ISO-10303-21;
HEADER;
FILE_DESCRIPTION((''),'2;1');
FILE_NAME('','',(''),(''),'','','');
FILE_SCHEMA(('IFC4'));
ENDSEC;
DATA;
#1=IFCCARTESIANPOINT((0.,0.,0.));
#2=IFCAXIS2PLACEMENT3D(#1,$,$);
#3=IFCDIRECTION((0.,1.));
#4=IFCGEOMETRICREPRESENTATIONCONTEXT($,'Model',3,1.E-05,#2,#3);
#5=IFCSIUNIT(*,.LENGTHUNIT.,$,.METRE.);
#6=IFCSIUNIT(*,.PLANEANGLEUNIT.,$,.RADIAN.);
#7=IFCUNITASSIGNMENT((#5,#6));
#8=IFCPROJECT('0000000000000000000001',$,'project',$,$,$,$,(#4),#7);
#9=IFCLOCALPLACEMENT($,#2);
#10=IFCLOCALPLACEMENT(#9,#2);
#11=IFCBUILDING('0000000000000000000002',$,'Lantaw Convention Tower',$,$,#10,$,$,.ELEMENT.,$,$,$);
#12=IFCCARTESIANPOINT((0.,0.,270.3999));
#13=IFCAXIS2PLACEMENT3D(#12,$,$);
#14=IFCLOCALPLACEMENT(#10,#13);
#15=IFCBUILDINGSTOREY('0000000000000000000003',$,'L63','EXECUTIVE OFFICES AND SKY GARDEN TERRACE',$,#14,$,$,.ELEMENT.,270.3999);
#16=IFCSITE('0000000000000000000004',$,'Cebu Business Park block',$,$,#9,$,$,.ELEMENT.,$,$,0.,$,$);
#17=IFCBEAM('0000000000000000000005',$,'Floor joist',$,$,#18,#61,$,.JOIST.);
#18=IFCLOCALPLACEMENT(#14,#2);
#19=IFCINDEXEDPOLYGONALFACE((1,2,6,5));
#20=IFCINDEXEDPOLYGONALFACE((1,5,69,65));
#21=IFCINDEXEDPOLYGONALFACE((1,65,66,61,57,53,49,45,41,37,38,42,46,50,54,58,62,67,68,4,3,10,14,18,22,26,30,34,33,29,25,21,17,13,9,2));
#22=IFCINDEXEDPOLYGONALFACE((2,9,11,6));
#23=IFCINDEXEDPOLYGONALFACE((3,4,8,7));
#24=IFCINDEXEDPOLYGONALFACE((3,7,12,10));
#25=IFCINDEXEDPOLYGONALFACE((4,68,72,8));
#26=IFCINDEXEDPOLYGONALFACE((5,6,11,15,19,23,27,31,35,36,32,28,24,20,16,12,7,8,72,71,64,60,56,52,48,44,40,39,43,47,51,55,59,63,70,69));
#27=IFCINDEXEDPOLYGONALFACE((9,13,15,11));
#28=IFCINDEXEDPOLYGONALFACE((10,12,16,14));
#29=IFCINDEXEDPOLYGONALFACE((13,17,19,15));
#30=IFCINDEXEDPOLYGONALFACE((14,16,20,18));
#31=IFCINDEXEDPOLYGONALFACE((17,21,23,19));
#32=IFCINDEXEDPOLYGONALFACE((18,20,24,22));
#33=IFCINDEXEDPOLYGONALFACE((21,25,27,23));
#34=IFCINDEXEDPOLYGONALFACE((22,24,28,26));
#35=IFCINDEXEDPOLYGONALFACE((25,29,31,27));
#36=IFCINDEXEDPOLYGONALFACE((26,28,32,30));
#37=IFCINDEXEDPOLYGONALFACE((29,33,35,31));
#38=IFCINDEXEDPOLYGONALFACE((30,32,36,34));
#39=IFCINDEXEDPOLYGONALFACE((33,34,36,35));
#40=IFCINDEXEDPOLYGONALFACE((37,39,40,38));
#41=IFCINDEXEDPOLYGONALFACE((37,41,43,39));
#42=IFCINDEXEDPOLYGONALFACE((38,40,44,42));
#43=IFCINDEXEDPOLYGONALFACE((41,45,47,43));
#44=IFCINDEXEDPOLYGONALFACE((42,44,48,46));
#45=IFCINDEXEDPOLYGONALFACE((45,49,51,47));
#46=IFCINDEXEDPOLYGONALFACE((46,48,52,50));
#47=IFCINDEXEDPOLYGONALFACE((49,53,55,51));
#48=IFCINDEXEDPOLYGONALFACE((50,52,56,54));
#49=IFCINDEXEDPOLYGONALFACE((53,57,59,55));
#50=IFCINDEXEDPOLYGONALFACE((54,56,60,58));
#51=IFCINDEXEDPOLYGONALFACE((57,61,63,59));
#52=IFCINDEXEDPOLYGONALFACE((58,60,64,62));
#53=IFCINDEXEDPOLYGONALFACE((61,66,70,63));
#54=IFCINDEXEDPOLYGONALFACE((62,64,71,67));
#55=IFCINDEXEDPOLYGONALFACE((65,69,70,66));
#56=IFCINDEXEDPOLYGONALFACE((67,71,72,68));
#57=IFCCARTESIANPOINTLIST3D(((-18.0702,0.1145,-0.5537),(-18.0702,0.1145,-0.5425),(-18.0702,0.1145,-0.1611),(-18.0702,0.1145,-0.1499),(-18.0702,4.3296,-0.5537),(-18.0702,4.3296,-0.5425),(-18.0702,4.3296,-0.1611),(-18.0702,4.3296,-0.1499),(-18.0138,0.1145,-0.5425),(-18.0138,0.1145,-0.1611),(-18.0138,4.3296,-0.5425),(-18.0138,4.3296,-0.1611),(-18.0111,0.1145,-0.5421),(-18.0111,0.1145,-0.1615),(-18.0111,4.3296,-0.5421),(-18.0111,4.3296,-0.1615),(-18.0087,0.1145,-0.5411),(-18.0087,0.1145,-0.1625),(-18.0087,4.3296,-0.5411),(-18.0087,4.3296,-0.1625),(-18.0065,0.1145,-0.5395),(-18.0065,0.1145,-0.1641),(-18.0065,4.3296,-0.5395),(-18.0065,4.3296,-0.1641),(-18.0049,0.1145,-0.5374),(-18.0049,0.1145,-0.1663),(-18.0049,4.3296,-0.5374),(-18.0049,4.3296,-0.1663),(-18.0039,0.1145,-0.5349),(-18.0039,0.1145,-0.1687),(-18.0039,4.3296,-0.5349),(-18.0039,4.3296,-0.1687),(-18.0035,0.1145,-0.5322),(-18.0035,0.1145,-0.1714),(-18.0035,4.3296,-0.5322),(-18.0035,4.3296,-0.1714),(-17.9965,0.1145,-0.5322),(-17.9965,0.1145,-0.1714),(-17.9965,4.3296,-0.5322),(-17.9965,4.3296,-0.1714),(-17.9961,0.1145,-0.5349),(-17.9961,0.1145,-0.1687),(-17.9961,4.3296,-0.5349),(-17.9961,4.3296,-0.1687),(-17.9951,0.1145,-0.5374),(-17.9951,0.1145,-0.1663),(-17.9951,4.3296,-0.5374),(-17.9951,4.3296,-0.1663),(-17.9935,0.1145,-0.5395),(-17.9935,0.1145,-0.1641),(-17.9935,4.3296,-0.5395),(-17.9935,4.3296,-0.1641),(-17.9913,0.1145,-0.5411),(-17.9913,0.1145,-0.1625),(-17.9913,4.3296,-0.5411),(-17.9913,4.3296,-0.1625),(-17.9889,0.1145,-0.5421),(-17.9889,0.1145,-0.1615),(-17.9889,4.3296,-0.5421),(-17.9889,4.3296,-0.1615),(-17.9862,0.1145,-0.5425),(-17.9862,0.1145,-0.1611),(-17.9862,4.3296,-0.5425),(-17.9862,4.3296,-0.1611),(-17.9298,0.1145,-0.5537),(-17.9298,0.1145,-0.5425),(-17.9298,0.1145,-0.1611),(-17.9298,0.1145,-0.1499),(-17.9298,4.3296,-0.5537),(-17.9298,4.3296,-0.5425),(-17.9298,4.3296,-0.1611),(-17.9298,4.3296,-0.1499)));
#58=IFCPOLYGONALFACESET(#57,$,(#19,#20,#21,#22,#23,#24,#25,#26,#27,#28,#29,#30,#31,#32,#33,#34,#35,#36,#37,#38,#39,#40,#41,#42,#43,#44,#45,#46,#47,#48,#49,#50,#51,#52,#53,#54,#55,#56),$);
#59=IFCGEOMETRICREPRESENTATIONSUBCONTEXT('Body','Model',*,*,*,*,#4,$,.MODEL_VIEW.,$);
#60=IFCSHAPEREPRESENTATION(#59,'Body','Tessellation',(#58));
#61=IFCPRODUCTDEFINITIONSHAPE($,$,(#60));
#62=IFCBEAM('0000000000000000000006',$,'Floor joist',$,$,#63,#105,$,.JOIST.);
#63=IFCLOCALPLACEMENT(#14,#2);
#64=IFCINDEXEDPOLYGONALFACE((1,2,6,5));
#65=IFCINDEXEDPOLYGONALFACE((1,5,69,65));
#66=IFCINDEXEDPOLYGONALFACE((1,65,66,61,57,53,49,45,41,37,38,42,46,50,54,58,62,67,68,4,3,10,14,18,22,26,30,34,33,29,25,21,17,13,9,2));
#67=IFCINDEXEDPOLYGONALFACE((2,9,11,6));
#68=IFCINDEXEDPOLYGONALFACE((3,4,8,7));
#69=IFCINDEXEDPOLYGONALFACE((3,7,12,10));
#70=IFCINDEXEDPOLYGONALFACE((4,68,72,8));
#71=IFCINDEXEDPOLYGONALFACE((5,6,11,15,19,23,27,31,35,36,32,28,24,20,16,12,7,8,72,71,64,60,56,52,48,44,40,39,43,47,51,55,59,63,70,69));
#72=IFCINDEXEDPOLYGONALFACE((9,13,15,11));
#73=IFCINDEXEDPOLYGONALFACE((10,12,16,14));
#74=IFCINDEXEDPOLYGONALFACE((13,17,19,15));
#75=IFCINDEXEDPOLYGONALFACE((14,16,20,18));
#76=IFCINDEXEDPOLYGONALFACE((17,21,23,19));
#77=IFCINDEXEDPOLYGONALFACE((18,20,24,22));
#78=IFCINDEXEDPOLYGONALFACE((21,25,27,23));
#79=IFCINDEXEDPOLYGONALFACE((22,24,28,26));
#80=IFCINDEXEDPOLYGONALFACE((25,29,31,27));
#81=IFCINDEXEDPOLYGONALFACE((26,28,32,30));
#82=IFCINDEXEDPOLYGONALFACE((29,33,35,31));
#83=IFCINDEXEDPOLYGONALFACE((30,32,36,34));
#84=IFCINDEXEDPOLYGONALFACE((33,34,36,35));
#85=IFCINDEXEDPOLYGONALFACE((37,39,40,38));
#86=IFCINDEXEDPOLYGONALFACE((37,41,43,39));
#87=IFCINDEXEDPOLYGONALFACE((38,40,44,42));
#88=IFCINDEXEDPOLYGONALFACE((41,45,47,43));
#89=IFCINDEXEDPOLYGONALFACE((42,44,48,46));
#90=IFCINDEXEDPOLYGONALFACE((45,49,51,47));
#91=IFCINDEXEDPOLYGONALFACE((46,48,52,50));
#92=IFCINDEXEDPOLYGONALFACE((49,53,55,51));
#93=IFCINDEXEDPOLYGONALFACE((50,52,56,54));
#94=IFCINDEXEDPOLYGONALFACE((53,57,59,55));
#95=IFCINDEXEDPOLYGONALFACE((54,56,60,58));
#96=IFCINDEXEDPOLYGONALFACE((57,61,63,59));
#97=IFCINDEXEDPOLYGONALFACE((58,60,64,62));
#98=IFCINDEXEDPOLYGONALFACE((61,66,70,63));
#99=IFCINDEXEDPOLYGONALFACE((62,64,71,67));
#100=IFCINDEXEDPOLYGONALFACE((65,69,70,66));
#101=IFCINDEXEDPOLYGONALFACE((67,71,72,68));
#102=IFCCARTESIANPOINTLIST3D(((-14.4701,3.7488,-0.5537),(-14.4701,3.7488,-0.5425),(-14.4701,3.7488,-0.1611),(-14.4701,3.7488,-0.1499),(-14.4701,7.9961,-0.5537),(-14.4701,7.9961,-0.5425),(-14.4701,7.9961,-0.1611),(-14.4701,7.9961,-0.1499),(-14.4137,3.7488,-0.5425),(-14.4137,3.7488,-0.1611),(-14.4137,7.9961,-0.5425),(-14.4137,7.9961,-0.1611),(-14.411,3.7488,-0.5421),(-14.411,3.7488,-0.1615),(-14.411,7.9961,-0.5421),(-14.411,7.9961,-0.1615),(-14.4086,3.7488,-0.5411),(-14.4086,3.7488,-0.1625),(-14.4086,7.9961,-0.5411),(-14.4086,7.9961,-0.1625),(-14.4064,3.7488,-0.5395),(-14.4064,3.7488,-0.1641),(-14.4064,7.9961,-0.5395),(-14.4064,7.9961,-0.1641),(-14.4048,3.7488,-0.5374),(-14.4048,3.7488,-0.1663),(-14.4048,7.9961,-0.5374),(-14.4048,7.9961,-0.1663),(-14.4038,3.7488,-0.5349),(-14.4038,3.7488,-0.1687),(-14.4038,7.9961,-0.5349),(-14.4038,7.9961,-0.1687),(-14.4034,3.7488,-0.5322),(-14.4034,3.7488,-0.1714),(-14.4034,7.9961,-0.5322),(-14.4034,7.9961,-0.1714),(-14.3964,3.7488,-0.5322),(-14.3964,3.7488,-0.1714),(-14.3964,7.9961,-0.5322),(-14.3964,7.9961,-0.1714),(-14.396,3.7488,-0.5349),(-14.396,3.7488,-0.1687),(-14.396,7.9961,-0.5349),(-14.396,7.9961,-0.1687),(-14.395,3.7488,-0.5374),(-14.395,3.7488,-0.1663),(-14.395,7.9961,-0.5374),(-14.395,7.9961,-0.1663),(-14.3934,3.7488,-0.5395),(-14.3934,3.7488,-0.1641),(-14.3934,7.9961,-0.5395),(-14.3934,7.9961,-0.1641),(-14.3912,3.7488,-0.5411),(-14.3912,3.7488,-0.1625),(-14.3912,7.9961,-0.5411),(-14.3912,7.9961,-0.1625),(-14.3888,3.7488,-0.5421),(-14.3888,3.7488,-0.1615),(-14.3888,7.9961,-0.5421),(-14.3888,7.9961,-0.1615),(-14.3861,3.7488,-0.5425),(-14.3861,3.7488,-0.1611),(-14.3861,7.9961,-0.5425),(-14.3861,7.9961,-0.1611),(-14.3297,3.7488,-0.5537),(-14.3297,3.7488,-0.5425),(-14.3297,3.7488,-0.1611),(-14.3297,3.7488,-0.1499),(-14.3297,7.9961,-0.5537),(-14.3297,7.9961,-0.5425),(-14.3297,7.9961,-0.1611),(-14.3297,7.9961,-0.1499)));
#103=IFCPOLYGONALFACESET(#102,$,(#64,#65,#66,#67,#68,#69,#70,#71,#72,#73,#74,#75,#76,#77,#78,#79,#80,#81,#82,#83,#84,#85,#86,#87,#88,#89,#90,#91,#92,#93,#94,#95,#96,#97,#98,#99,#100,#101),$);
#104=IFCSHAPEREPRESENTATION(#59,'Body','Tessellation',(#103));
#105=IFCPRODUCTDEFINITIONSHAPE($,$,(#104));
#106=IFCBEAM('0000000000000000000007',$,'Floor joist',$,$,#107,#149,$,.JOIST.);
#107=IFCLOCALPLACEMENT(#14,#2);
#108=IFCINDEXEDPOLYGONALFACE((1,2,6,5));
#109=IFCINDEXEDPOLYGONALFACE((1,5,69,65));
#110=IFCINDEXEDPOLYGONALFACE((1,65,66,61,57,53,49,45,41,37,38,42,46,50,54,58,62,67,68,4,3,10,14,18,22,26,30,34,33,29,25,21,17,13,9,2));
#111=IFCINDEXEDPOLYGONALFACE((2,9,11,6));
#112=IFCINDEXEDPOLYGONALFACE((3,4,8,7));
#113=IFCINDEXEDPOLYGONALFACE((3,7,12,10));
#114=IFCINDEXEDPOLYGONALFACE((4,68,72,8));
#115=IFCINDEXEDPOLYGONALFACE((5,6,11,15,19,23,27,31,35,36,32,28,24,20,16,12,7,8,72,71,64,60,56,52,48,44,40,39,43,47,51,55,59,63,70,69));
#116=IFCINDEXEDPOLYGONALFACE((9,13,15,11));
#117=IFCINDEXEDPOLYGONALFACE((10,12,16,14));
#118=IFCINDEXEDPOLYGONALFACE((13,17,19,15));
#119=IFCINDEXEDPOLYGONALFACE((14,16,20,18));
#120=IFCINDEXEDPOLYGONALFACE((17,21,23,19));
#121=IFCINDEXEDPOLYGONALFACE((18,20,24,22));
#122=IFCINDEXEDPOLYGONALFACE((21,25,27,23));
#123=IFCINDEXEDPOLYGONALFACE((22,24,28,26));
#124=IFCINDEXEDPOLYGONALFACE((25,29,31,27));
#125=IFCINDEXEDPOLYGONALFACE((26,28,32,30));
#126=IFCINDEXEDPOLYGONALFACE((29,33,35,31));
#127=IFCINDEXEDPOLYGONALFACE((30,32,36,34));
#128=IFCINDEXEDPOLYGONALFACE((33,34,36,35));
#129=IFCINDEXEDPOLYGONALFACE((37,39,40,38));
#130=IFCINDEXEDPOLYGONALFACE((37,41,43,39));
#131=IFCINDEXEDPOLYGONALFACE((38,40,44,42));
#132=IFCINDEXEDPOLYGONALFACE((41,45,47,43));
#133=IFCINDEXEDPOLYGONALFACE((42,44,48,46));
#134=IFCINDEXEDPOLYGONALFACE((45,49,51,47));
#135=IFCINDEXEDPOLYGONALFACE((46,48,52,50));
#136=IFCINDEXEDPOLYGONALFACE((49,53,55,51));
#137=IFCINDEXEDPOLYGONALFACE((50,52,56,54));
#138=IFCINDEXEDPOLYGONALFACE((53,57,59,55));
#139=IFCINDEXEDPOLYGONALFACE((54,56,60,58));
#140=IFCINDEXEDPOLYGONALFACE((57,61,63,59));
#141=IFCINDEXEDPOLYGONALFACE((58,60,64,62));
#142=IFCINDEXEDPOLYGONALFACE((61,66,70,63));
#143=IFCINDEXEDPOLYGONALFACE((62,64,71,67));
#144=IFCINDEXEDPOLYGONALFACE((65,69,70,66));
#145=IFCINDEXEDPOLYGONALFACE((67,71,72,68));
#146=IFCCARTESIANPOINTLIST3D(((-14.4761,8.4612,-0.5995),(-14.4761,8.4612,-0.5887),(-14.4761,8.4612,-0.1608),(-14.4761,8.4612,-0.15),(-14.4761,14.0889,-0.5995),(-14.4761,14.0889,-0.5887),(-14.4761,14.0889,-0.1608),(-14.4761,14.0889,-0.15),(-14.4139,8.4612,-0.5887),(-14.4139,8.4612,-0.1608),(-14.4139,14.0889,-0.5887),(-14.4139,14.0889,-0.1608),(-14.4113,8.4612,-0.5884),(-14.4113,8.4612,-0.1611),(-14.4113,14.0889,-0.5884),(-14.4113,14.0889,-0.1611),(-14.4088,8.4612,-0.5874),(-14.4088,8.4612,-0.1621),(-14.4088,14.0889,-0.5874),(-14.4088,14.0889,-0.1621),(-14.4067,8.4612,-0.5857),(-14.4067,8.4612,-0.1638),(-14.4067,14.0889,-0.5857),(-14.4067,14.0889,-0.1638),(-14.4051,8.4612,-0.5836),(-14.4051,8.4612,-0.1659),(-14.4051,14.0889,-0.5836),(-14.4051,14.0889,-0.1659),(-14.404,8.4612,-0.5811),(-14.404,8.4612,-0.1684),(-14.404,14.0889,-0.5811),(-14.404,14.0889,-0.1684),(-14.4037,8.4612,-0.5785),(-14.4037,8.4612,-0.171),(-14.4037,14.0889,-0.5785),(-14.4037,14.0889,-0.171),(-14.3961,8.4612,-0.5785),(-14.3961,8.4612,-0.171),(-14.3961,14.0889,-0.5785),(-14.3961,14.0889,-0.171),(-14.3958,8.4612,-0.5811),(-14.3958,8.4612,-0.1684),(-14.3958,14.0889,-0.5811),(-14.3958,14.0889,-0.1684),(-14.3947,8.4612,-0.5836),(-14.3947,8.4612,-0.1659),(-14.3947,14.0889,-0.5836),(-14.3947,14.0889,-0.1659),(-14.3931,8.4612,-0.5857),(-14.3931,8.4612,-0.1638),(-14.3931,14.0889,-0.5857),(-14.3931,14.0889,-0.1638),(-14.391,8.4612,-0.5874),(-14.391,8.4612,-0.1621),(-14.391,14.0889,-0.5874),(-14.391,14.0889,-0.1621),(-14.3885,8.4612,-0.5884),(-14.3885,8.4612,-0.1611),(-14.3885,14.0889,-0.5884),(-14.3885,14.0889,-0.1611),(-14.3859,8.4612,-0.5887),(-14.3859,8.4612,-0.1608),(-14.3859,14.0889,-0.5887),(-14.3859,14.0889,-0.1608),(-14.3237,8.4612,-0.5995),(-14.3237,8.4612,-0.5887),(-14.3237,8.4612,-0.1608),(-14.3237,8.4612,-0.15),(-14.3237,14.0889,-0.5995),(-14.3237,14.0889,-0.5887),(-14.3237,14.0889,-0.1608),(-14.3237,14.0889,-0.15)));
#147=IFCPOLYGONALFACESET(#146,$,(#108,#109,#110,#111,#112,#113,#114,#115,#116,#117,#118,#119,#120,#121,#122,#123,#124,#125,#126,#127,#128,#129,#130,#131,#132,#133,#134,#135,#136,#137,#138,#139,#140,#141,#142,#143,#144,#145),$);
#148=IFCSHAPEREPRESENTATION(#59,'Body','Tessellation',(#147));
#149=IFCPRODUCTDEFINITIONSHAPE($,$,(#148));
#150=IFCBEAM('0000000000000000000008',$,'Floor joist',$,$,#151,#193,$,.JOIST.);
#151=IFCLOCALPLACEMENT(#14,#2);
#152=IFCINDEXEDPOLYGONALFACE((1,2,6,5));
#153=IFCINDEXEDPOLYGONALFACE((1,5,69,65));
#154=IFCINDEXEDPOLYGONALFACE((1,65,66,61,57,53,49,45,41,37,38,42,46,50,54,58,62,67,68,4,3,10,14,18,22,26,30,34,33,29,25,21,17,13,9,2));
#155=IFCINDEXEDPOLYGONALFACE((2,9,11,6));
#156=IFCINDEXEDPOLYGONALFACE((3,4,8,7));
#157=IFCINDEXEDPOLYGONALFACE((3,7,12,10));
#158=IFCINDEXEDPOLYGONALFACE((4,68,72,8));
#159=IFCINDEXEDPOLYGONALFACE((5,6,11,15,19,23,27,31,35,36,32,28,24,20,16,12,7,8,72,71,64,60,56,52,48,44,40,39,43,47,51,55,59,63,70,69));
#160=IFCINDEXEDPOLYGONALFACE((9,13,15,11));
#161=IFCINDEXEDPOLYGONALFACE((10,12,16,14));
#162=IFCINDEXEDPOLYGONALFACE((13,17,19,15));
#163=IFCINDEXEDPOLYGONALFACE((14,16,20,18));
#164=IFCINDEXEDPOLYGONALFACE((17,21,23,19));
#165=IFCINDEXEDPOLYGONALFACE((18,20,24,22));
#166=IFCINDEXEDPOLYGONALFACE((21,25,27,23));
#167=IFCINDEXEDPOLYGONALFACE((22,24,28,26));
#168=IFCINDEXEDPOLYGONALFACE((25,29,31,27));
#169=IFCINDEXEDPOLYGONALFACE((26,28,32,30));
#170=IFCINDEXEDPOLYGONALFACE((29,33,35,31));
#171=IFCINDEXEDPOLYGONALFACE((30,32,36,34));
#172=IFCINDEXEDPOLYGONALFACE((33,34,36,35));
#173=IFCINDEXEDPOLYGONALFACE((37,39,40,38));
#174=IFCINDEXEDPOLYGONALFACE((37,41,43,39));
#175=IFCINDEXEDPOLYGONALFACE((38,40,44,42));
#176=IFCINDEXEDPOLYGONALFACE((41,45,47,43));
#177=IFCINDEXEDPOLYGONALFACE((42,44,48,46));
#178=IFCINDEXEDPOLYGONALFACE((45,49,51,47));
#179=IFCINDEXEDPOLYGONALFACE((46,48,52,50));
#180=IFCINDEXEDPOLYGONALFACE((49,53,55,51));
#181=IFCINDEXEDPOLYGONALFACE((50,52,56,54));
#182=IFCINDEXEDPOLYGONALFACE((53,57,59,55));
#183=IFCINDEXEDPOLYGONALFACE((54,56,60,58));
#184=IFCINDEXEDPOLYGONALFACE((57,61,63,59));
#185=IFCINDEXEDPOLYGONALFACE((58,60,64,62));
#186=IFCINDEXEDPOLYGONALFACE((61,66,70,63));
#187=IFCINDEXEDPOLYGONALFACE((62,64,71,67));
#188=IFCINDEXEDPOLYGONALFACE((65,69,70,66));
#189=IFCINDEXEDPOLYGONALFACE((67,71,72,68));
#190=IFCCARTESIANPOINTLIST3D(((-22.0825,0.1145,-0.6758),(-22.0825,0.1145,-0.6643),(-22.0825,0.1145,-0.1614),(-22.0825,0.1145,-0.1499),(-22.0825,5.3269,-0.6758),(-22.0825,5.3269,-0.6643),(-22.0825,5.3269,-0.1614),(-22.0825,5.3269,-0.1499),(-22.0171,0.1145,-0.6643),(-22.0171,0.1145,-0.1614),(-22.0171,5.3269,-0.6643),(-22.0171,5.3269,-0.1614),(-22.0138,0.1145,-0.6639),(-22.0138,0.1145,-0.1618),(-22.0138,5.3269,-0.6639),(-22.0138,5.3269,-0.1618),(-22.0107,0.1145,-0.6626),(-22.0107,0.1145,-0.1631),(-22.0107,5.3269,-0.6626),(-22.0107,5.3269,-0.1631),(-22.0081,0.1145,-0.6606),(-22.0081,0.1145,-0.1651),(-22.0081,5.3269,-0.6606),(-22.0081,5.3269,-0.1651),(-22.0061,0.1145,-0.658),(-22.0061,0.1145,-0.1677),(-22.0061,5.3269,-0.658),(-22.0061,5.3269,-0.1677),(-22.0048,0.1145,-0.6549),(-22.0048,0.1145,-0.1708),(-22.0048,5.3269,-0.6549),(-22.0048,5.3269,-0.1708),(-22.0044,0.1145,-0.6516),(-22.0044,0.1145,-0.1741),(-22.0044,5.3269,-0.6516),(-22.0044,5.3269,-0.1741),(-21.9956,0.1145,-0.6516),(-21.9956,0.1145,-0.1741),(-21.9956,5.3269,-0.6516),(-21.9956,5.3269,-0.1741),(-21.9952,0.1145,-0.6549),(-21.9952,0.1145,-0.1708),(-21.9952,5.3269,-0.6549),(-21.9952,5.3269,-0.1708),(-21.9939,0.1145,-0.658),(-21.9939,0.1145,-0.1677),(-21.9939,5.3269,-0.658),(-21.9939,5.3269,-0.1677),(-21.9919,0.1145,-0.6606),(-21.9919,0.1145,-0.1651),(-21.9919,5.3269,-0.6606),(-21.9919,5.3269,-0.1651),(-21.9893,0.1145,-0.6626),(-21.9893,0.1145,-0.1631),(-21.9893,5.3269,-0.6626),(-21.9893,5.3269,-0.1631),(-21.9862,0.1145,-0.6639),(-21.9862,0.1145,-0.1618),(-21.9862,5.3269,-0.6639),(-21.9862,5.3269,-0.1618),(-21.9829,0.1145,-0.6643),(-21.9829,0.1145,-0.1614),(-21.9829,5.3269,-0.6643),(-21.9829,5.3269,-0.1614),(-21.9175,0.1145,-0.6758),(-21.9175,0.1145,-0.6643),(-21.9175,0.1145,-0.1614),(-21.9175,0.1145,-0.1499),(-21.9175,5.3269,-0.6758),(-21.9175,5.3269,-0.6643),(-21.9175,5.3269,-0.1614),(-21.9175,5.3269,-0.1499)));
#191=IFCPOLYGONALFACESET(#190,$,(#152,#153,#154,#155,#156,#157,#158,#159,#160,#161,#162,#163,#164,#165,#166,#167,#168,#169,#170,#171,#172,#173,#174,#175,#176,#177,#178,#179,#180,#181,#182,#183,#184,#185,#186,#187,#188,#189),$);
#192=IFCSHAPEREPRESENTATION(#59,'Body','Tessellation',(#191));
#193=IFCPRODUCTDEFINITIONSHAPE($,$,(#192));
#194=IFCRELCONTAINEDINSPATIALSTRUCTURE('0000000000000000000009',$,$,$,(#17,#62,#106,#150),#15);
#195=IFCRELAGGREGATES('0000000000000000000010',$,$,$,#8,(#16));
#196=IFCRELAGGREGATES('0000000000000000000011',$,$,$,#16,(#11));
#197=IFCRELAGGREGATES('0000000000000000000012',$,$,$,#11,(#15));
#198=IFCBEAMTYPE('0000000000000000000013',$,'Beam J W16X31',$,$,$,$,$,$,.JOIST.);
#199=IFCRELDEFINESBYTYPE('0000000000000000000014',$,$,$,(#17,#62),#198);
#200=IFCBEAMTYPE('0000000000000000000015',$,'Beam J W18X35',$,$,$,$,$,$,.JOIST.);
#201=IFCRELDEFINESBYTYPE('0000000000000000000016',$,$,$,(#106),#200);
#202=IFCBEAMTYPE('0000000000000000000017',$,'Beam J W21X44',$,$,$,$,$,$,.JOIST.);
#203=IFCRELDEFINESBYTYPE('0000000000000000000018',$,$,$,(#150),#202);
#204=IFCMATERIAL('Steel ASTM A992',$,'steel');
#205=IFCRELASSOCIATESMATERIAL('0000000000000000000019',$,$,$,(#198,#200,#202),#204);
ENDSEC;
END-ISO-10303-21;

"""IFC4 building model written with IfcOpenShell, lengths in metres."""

from ifc_helpers import new_model, si_unit, direction, frame, origin, origin_2d, place, context, subcontext, project, spatial, i_section, extrude, material, material_profile, profile_set, type_object, element, save


model = new_model("IFC4")

# Units and contexts
model_context = context("Model", 3, precision=1e-05, world=origin(), true_north=direction((0.0, 1.0)))
body_context = subcontext(model_context, "Body", "Model", "MODEL_VIEW")
ifc_project = project(units=[si_unit("LENGTHUNIT", "METRE"), si_unit("PLANEANGLEUNIT", "RADIAN")], contexts=[model_context])

# Site, building, storey
site_placement = place(None, origin())
site = spatial("IfcSite", under=ifc_project, at=site_placement, Name="Cebu Business Park block", CompositionType="ELEMENT", RefElevation=0.0)
building_placement = place(site_placement, origin())
building = spatial("IfcBuilding", under=site, at=building_placement, Name="Lantaw Convention Tower", CompositionType="ELEMENT")
storey_placement = place(building_placement, frame((0.0, 0.0, 270.3999)))
storey = spatial("IfcBuildingStorey", under=building, at=storey_placement, Name="L63", Description="EXECUTIVE OFFICES AND SKY GARDEN TERRACE", CompositionType="ELEMENT", Elevation=270.3999)

# Beams
ifc_material_1 = material(Name="Steel ASTM A992", Category="steel")
ifc_material_profile_1 = material_profile(ifc_material_1, i_section(OverallWidth=0.1404, OverallDepth=0.4038, WebThickness=0.0071, FlangeThickness=0.0112, FilletRadius=0.0103, at=origin_2d()), Name="W16X31")
ifc_profile_set_1 = profile_set([ifc_material_profile_1], Name="Steel ASTM A992")
beam_type_1 = type_object("IfcBeamType", Name="Beam J W16X31", PredefinedType="JOIST", material=ifc_profile_set_1)
beam_1_placement = place(storey_placement, frame((-18.0, 0.1145, -0.3518), z_axis=(0.0, 1.0, 0.0), x_axis=(-1.0, 0.0, 0.0)))
element("IfcBeam", 1, at=beam_1_placement, inside=storey, type_object=beam_type_1, Name="Floor joist", PredefinedType="JOIST", context=body_context, shape_type="SweptSolid", body=[
    extrude(i_section(OverallWidth=0.1404, OverallDepth=0.4038, WebThickness=0.0071, FlangeThickness=0.0112, FilletRadius=0.0103, at=origin_2d()), origin(), (0.0, 0.0, 1.0), 4.2151),
])
beam_2_placement = place(storey_placement, frame((-14.3999, 3.7488, -0.3518), z_axis=(0.0, 1.0, 0.0), x_axis=(-1.0, 0.0, 0.0)))
element("IfcBeam", 2, at=beam_2_placement, inside=storey, type_object=beam_type_1, Name="Floor joist", PredefinedType="JOIST", context=body_context, shape_type="SweptSolid", body=[
    extrude(i_section(OverallWidth=0.1404, OverallDepth=0.4038, WebThickness=0.0071, FlangeThickness=0.0112, FilletRadius=0.0103, at=origin_2d()), origin(), (0.0, 0.0, 1.0), 4.2473),
])
ifc_material_profile_2 = material_profile(ifc_material_1, i_section(OverallWidth=0.1523, OverallDepth=0.4495, WebThickness=0.0076, FlangeThickness=0.0107, FilletRadius=0.0103, at=origin_2d()), Name="W18X35")
ifc_profile_set_2 = profile_set([ifc_material_profile_2], Name="Steel ASTM A992")
beam_type_2 = type_object("IfcBeamType", Name="Beam J W18X35", PredefinedType="JOIST", material=ifc_profile_set_2)
beam_3_placement = place(storey_placement, frame((-14.3999, 8.4612, -0.3748), z_axis=(0.0, 1.0, 0.0), x_axis=(-1.0, 0.0, 0.0)))
element("IfcBeam", 3, at=beam_3_placement, inside=storey, type_object=beam_type_2, Name="Floor joist", PredefinedType="JOIST", context=body_context, shape_type="SweptSolid", body=[
    extrude(i_section(OverallWidth=0.1523, OverallDepth=0.4495, WebThickness=0.0076, FlangeThickness=0.0107, FilletRadius=0.0103, at=origin_2d()), origin(), (0.0, 0.0, 1.0), 5.6277),
])
ifc_material_profile_3 = material_profile(ifc_material_1, i_section(OverallWidth=0.165, OverallDepth=0.5259, WebThickness=0.0088, FlangeThickness=0.0115, FilletRadius=0.0127, at=origin_2d()), Name="W21X44")
ifc_profile_set_3 = profile_set([ifc_material_profile_3], Name="Steel ASTM A992")
beam_type_3 = type_object("IfcBeamType", Name="Beam J W21X44", PredefinedType="JOIST", material=ifc_profile_set_3)
beam_4_placement = place(storey_placement, frame((-22.0, 0.1145, -0.4128), z_axis=(0.0, 1.0, 0.0), x_axis=(-1.0, 0.0, 0.0)))
element("IfcBeam", 4, at=beam_4_placement, inside=storey, type_object=beam_type_3, Name="Floor joist", PredefinedType="JOIST", context=body_context, shape_type="SweptSolid", body=[
    extrude(i_section(OverallWidth=0.165, OverallDepth=0.5259, WebThickness=0.0088, FlangeThickness=0.0115, FilletRadius=0.0127, at=origin_2d()), origin(), (0.0, 0.0, 1.0), 5.2124),
])

save(model, "model.ifc")
